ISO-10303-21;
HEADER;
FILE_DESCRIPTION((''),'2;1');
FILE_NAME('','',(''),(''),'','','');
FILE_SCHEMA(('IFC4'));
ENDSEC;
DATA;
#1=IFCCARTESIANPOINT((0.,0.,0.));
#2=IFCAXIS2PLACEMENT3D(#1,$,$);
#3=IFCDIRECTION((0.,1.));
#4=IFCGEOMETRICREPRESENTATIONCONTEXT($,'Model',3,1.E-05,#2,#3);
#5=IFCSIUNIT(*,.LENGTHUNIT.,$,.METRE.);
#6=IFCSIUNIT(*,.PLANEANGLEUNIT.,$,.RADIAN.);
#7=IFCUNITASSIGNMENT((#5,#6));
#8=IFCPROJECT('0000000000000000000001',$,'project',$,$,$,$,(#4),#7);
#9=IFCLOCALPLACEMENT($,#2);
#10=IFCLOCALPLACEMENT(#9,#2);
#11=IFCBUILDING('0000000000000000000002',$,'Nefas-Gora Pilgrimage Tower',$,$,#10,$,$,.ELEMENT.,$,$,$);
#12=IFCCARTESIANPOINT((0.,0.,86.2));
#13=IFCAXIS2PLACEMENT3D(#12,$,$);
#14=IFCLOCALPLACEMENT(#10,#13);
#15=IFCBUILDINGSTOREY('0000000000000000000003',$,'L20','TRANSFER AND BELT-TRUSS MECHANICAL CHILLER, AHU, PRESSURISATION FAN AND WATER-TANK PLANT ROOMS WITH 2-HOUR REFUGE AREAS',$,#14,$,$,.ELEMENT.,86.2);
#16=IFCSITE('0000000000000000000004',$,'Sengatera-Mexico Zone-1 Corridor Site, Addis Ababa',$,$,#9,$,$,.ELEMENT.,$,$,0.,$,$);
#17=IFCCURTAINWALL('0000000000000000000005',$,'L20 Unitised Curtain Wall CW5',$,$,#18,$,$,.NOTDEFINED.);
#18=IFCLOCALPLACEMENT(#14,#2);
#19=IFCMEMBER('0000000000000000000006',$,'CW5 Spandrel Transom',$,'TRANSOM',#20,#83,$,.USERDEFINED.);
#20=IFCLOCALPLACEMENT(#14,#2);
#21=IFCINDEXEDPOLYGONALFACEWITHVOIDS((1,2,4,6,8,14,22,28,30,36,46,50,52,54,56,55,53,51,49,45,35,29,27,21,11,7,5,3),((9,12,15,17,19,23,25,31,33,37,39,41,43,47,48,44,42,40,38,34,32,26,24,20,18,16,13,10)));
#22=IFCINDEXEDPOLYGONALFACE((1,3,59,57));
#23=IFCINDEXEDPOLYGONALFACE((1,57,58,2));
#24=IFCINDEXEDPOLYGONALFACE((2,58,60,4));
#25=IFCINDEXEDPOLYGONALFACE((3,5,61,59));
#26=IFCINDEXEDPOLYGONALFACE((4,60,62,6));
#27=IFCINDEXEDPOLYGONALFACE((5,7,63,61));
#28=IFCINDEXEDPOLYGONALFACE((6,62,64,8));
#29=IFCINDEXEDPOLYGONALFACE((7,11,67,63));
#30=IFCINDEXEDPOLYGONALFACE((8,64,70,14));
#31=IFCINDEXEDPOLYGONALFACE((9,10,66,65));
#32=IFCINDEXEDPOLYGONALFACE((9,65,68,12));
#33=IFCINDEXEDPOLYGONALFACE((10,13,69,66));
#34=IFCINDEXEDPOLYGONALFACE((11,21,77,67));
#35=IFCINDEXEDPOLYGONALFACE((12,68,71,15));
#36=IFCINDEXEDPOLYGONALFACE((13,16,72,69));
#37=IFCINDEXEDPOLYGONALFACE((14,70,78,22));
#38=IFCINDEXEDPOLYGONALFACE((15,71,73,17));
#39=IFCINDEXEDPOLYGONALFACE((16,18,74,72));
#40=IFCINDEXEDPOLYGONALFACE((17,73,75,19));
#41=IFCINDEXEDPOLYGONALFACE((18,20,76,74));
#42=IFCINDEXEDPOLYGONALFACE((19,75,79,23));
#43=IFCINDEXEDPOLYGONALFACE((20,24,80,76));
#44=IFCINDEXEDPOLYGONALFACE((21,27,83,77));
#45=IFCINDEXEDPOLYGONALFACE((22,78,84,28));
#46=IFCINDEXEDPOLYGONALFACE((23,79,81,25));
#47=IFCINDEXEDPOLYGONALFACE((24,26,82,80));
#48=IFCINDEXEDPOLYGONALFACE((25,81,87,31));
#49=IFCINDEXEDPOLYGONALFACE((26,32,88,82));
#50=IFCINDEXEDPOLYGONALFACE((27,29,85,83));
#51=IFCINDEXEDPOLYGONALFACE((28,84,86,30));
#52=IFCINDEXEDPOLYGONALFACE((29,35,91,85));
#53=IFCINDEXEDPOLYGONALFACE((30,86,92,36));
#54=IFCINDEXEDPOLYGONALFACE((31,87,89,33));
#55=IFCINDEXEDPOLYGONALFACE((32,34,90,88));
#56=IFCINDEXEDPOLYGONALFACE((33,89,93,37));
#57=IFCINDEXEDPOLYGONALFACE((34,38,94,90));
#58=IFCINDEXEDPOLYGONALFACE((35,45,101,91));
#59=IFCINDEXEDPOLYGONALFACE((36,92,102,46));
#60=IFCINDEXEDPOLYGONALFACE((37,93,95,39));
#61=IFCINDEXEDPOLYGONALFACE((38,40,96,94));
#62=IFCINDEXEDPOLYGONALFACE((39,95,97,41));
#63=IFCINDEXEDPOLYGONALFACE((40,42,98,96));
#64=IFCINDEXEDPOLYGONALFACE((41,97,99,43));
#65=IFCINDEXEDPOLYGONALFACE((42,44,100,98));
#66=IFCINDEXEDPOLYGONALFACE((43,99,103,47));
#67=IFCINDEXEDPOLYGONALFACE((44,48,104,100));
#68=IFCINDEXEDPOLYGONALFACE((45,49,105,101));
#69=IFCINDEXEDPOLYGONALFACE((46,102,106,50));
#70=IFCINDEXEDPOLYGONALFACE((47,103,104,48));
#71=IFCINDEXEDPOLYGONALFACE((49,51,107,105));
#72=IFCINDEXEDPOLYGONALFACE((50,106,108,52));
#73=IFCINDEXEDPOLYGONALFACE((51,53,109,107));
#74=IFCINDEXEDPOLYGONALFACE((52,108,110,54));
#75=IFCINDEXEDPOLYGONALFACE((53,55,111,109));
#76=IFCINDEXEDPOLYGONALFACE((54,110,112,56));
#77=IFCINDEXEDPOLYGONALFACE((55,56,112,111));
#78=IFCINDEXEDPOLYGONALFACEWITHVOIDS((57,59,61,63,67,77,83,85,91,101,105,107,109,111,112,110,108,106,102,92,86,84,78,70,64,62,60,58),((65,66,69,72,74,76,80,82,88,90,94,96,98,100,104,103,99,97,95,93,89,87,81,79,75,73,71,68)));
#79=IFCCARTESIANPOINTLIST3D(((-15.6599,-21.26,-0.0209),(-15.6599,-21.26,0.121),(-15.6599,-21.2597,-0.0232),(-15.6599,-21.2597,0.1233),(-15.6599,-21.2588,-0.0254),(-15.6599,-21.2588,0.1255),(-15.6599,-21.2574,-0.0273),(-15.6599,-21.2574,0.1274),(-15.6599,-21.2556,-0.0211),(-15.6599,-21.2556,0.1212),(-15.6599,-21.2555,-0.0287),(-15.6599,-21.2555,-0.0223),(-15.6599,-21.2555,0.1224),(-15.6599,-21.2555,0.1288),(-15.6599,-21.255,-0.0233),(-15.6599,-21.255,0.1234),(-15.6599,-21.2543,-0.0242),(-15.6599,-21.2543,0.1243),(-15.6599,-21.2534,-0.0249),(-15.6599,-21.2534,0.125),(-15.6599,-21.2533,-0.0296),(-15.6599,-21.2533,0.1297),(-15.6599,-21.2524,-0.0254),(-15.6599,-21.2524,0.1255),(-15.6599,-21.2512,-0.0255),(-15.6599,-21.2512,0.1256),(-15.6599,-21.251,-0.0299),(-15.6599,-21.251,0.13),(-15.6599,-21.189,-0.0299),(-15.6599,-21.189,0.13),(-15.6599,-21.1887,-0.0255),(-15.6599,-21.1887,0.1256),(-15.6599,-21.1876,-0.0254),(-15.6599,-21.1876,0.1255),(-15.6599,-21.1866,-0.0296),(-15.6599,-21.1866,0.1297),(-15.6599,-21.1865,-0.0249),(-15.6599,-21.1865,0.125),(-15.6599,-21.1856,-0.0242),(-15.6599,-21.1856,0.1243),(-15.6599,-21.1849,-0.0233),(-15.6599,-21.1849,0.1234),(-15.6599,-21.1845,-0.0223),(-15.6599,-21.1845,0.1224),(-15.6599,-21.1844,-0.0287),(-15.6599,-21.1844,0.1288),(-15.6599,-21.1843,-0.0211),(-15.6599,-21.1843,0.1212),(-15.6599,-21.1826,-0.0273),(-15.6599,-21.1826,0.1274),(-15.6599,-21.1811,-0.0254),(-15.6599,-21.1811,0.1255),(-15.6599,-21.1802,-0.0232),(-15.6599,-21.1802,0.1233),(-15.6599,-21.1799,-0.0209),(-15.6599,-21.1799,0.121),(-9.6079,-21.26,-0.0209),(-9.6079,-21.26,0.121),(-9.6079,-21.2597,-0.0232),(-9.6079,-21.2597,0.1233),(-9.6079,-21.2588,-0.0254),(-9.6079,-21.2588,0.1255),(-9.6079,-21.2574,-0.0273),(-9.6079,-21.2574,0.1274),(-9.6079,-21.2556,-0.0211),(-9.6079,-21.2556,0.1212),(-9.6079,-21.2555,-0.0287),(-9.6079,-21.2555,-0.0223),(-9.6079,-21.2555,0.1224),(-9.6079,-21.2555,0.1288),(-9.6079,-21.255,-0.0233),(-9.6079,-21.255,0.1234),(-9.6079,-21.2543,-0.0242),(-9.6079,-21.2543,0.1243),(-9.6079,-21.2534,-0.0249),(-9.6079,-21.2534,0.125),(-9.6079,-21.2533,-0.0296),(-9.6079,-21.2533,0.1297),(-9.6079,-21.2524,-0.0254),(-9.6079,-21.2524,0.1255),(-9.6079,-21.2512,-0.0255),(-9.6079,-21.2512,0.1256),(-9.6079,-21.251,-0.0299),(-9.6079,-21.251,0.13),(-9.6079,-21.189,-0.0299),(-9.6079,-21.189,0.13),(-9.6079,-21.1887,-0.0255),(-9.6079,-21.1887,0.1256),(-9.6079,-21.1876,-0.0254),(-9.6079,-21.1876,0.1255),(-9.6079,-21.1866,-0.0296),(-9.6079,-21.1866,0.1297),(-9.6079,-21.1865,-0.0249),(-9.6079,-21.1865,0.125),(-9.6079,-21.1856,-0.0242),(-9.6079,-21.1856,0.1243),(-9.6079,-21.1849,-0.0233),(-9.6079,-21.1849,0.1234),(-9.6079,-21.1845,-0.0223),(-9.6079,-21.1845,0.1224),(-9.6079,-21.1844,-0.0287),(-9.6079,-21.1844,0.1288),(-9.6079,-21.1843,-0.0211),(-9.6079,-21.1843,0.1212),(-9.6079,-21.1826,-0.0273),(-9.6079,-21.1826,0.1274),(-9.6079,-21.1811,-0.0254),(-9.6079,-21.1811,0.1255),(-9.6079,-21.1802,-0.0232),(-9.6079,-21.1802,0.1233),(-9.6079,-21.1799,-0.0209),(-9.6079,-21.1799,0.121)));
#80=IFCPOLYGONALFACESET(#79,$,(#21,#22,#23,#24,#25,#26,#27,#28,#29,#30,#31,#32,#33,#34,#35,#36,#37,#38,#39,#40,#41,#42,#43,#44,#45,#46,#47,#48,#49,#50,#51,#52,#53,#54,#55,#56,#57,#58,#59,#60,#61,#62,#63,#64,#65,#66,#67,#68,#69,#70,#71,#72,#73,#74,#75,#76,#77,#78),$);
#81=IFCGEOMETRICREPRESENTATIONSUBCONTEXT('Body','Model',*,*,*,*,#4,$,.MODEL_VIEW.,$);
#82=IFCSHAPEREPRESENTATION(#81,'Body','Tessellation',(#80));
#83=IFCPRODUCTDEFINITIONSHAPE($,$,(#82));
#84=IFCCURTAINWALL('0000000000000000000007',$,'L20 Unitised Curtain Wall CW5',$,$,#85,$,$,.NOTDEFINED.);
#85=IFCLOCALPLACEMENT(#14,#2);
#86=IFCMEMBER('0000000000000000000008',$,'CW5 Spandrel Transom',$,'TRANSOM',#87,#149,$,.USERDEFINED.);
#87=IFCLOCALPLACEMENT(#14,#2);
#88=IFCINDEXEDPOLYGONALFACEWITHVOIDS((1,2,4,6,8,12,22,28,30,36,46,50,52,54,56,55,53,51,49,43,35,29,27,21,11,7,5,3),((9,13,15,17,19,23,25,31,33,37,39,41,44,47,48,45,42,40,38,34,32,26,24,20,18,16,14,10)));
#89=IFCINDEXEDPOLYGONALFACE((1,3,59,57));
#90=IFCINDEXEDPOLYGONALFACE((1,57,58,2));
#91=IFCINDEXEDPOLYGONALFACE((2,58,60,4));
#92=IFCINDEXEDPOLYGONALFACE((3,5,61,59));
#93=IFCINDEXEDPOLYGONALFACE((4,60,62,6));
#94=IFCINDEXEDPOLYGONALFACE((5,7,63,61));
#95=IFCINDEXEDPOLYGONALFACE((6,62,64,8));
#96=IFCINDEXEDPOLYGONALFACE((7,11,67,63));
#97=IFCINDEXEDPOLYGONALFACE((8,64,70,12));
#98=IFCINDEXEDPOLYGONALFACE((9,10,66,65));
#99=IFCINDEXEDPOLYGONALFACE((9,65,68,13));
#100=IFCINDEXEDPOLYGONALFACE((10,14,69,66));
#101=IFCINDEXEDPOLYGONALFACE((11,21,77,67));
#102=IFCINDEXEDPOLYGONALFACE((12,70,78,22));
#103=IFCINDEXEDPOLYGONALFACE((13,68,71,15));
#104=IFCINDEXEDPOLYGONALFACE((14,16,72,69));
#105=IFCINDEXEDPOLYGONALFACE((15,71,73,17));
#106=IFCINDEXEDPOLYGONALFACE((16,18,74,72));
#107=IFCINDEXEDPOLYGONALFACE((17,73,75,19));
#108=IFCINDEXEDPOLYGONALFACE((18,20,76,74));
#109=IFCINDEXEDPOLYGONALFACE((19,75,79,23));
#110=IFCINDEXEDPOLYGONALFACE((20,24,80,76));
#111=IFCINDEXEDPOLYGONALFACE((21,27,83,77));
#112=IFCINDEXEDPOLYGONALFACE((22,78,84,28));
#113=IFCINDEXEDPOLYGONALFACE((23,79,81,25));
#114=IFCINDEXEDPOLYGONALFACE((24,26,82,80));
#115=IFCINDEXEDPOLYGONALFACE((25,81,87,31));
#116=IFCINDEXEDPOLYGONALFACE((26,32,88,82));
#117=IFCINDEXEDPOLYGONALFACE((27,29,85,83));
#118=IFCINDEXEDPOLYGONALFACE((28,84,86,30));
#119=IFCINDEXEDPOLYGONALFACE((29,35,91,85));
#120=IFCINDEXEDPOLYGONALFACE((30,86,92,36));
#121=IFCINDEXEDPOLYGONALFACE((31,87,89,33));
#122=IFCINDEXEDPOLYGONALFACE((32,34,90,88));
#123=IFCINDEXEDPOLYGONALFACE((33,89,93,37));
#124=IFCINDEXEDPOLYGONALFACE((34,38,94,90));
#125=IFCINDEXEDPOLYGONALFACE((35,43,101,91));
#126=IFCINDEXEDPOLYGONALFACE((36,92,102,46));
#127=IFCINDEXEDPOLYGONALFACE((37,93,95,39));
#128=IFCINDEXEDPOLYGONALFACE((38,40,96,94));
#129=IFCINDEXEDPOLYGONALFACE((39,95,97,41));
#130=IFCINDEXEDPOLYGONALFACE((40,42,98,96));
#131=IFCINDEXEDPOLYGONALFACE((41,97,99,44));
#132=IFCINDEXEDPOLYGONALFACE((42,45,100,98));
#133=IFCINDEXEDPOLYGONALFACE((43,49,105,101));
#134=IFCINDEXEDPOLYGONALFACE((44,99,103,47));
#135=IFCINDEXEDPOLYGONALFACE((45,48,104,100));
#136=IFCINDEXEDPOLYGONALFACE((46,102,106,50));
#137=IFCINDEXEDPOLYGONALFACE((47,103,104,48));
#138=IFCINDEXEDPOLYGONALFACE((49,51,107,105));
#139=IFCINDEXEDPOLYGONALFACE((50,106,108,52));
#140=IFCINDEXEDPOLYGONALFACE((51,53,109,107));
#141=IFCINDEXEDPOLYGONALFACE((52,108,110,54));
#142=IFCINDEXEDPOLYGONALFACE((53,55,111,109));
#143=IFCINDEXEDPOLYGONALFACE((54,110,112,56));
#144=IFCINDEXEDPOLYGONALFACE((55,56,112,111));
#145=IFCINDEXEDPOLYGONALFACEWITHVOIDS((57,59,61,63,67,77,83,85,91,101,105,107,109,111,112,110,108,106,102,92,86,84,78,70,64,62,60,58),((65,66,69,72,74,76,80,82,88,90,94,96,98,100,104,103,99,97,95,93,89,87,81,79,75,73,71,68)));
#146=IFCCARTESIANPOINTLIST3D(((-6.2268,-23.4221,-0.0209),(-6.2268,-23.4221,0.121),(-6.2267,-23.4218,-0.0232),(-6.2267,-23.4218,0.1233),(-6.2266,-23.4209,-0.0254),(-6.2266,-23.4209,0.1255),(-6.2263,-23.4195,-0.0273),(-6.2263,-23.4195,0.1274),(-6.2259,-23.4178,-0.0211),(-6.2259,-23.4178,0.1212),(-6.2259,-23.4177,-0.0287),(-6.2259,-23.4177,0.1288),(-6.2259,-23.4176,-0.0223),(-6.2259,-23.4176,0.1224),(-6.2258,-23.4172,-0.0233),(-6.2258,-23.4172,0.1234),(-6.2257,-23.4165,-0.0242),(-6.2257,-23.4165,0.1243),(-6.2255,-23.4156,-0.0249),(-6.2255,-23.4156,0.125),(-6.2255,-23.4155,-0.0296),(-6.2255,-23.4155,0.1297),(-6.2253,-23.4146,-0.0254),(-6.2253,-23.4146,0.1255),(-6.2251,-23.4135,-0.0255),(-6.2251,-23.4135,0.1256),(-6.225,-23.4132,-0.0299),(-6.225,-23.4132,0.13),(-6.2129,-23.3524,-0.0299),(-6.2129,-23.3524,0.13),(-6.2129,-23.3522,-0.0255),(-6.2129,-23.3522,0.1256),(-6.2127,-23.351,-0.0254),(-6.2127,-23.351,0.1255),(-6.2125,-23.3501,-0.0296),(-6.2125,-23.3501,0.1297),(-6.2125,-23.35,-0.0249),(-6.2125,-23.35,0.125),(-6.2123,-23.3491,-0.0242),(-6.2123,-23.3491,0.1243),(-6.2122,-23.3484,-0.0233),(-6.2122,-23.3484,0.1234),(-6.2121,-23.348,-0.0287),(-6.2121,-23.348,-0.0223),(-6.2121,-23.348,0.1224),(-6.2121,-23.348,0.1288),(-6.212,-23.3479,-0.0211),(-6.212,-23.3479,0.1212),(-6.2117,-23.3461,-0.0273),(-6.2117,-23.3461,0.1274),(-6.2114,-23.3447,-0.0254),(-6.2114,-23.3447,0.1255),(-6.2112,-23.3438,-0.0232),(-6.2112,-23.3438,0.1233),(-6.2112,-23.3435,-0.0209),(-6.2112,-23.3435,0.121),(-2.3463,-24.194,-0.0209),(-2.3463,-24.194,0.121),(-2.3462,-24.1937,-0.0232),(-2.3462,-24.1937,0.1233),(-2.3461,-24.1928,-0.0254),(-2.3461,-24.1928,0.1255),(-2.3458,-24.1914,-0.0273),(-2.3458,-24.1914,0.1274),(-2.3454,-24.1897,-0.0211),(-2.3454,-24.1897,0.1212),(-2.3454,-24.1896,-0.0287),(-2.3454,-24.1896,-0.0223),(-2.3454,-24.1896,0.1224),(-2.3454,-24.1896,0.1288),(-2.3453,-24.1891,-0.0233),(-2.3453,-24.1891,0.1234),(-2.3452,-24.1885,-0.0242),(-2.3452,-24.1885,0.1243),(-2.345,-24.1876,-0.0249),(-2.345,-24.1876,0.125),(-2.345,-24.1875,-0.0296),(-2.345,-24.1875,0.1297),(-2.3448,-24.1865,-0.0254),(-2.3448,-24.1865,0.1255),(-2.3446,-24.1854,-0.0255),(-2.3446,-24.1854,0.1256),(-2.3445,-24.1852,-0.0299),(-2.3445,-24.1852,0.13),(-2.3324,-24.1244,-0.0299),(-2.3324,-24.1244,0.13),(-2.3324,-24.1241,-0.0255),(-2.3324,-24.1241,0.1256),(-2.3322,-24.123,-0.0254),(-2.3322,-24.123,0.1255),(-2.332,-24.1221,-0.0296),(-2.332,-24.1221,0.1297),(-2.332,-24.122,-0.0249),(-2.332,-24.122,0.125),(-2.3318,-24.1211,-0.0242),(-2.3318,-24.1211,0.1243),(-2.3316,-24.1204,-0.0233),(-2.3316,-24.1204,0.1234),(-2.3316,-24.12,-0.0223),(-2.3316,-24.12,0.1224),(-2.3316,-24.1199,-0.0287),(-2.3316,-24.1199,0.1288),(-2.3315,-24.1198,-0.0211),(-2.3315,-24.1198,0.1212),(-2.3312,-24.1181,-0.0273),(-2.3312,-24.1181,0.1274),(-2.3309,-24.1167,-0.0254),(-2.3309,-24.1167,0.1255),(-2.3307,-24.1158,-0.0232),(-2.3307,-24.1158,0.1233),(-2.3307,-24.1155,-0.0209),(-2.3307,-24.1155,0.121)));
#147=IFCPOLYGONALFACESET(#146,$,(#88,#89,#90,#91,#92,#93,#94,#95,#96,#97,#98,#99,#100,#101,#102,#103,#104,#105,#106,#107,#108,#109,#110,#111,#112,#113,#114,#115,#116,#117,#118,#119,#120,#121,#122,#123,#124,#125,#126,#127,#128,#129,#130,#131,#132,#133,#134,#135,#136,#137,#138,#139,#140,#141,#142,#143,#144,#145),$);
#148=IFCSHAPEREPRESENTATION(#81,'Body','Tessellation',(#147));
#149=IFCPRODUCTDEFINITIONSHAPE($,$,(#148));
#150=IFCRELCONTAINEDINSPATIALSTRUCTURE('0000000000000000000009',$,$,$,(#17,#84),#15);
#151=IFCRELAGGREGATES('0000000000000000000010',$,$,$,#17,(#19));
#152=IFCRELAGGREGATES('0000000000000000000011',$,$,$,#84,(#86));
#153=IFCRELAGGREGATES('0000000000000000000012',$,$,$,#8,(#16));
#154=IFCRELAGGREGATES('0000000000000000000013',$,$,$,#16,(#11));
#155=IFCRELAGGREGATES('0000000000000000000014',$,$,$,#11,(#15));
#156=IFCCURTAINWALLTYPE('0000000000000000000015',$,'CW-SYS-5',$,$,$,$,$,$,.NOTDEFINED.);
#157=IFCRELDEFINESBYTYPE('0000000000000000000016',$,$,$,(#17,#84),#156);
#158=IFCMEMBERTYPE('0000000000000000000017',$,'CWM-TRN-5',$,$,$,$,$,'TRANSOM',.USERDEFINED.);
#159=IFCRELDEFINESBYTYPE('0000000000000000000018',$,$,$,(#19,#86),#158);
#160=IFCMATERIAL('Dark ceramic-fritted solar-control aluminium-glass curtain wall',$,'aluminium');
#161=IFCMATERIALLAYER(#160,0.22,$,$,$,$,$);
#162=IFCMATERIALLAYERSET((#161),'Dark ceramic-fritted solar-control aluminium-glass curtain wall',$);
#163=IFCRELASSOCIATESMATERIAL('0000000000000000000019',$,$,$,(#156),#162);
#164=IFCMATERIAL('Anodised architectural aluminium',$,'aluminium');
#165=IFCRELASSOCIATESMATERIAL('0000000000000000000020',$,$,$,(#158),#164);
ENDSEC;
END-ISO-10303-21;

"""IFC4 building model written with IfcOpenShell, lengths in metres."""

from ifc_helpers import new_model, si_unit, direction, frame, origin, origin_2d, place, context, subcontext, project, spatial, hollow_rectangle, extrude, source, transform, mapped, material, layer, layer_set, material_profile, profile_set, type_object, element, aggregate, save


model = new_model("IFC4")

# Units and contexts
model_context = context("Model", 3, precision=1e-05, world=origin(), true_north=direction((0.0, 1.0)))
body_context = subcontext(model_context, "Body", "Model", "MODEL_VIEW")
ifc_project = project(units=[si_unit("LENGTHUNIT", "METRE"), si_unit("PLANEANGLEUNIT", "RADIAN")], contexts=[model_context])

# Site, building, storey
site_placement = place(None, origin())
site = spatial("IfcSite", under=ifc_project, at=site_placement, Name="Sengatera-Mexico Zone-1 Corridor Site, Addis Ababa", CompositionType="ELEMENT", RefElevation=0.0)
building_placement = place(site_placement, origin())
building = spatial("IfcBuilding", under=site, at=building_placement, Name="Nefas-Gora Pilgrimage Tower", CompositionType="ELEMENT")
storey_placement = place(building_placement, frame((0.0, 0.0, 86.2)))
storey = spatial("IfcBuildingStorey", under=building, at=storey_placement, Name="L20", Description="TRANSFER AND BELT-TRUSS MECHANICAL CHILLER, AHU, PRESSURISATION FAN AND WATER-TANK PLANT ROOMS WITH 2-HOUR REFUGE AREAS", CompositionType="ELEMENT", Elevation=86.2)

# Curtain walls, members
ifc_material_1 = material(Name="Dark ceramic-fritted solar-control aluminium-glass curtain wall", Category="aluminium")
ifc_layer_1 = layer(ifc_material_1, 0.22)
ifc_layer_set_1 = layer_set([ifc_layer_1], Name="Dark ceramic-fritted solar-control aluminium-glass curtain wall")
curtain_wall_type = type_object("IfcCurtainWallType", Name="CW-SYS-5", PredefinedType="NOTDEFINED", material=ifc_layer_set_1)
curtain_wall_1_placement = place(storey_placement, origin())
curtain_wall_1 = element("IfcCurtainWall", 1, at=curtain_wall_1_placement, inside=storey, type_object=curtain_wall_type, Name="L20 Unitised Curtain Wall CW5", PredefinedType="NOTDEFINED")
ifc_material_2 = material(Name="Anodised architectural aluminium", Category="aluminium")
ifc_material_profile_1 = material_profile(ifc_material_2, hollow_rectangle(XDim=0.0801, YDim=0.1599, WallThickness=0.0044, InnerFilletRadius=0.0044, OuterFilletRadius=0.009, at=origin_2d()), Name="ALU TRANSOM 80x160")
ifc_profile_set_1 = profile_set([ifc_material_profile_1], Name="Anodised architectural aluminium")
member_type_1 = type_object("IfcMemberType", Name="CWM-TRN-5", ElementType="TRANSOM", PredefinedType="USERDEFINED", material=ifc_profile_set_1)
shared_shape_1 = source(origin(), body_context, "Body", "SweptSolid", [
    extrude(hollow_rectangle(XDim=0.0801, YDim=0.1599, WallThickness=0.0044, InnerFilletRadius=0.0044, OuterFilletRadius=0.009, at=origin_2d()), origin(), (0.0, 0.0, 1.0), 6.052),
])
member_1_placement = place(storey_placement, frame((-15.6599, -21.22, 0.05), z_axis=(1.0, 0.0, 0.0), x_axis=(0.0, 1.0, 0.0)))
member_1 = element("IfcMember", 2, at=member_1_placement, type_object=member_type_1, Name="CW5 Spandrel Transom", ObjectType="TRANSOM", PredefinedType="USERDEFINED", context=body_context, shape_type="MappedRepresentation", body=[
    mapped(shared_shape_1, transform((0.0, 0.0, 0.0), x_axis=(1.0, 0.0, 0.0), y_axis=(0.0, 1.0, 0.0), z_axis=(0.0, 0.0, 1.0), scale=1.0)),
])
curtain_wall_2_placement = place(storey_placement, origin())
curtain_wall_2 = element("IfcCurtainWall", 3, at=curtain_wall_2_placement, inside=storey, type_object=curtain_wall_type, Name="L20 Unitised Curtain Wall CW5", PredefinedType="NOTDEFINED")
shared_shape_2 = source(origin(), body_context, "Body", "SweptSolid", [
    extrude(hollow_rectangle(XDim=0.0801, YDim=0.1599, WallThickness=0.0044, InnerFilletRadius=0.0044, OuterFilletRadius=0.009, at=origin_2d()), origin(), (0.0, 0.0, 1.0), 3.9565),
])
member_2_placement = place(storey_placement, frame((-6.219, -23.3828, 0.05), z_axis=(0.980782, -0.195107, 0.0), x_axis=(0.195107, 0.980782, 0.0)))
member_2 = element("IfcMember", 4, at=member_2_placement, type_object=member_type_1, Name="CW5 Spandrel Transom", ObjectType="TRANSOM", PredefinedType="USERDEFINED", context=body_context, shape_type="MappedRepresentation", body=[
    mapped(shared_shape_2, transform((0.0, 0.0, 0.0), x_axis=(1.0, 0.0, 0.0), y_axis=(0.0, 1.0, 0.0), z_axis=(0.0, 0.0, 1.0), scale=1.0)),
])

aggregate(curtain_wall_1, [member_1])
aggregate(curtain_wall_2, [member_2])

save(model, "model.ifc")
